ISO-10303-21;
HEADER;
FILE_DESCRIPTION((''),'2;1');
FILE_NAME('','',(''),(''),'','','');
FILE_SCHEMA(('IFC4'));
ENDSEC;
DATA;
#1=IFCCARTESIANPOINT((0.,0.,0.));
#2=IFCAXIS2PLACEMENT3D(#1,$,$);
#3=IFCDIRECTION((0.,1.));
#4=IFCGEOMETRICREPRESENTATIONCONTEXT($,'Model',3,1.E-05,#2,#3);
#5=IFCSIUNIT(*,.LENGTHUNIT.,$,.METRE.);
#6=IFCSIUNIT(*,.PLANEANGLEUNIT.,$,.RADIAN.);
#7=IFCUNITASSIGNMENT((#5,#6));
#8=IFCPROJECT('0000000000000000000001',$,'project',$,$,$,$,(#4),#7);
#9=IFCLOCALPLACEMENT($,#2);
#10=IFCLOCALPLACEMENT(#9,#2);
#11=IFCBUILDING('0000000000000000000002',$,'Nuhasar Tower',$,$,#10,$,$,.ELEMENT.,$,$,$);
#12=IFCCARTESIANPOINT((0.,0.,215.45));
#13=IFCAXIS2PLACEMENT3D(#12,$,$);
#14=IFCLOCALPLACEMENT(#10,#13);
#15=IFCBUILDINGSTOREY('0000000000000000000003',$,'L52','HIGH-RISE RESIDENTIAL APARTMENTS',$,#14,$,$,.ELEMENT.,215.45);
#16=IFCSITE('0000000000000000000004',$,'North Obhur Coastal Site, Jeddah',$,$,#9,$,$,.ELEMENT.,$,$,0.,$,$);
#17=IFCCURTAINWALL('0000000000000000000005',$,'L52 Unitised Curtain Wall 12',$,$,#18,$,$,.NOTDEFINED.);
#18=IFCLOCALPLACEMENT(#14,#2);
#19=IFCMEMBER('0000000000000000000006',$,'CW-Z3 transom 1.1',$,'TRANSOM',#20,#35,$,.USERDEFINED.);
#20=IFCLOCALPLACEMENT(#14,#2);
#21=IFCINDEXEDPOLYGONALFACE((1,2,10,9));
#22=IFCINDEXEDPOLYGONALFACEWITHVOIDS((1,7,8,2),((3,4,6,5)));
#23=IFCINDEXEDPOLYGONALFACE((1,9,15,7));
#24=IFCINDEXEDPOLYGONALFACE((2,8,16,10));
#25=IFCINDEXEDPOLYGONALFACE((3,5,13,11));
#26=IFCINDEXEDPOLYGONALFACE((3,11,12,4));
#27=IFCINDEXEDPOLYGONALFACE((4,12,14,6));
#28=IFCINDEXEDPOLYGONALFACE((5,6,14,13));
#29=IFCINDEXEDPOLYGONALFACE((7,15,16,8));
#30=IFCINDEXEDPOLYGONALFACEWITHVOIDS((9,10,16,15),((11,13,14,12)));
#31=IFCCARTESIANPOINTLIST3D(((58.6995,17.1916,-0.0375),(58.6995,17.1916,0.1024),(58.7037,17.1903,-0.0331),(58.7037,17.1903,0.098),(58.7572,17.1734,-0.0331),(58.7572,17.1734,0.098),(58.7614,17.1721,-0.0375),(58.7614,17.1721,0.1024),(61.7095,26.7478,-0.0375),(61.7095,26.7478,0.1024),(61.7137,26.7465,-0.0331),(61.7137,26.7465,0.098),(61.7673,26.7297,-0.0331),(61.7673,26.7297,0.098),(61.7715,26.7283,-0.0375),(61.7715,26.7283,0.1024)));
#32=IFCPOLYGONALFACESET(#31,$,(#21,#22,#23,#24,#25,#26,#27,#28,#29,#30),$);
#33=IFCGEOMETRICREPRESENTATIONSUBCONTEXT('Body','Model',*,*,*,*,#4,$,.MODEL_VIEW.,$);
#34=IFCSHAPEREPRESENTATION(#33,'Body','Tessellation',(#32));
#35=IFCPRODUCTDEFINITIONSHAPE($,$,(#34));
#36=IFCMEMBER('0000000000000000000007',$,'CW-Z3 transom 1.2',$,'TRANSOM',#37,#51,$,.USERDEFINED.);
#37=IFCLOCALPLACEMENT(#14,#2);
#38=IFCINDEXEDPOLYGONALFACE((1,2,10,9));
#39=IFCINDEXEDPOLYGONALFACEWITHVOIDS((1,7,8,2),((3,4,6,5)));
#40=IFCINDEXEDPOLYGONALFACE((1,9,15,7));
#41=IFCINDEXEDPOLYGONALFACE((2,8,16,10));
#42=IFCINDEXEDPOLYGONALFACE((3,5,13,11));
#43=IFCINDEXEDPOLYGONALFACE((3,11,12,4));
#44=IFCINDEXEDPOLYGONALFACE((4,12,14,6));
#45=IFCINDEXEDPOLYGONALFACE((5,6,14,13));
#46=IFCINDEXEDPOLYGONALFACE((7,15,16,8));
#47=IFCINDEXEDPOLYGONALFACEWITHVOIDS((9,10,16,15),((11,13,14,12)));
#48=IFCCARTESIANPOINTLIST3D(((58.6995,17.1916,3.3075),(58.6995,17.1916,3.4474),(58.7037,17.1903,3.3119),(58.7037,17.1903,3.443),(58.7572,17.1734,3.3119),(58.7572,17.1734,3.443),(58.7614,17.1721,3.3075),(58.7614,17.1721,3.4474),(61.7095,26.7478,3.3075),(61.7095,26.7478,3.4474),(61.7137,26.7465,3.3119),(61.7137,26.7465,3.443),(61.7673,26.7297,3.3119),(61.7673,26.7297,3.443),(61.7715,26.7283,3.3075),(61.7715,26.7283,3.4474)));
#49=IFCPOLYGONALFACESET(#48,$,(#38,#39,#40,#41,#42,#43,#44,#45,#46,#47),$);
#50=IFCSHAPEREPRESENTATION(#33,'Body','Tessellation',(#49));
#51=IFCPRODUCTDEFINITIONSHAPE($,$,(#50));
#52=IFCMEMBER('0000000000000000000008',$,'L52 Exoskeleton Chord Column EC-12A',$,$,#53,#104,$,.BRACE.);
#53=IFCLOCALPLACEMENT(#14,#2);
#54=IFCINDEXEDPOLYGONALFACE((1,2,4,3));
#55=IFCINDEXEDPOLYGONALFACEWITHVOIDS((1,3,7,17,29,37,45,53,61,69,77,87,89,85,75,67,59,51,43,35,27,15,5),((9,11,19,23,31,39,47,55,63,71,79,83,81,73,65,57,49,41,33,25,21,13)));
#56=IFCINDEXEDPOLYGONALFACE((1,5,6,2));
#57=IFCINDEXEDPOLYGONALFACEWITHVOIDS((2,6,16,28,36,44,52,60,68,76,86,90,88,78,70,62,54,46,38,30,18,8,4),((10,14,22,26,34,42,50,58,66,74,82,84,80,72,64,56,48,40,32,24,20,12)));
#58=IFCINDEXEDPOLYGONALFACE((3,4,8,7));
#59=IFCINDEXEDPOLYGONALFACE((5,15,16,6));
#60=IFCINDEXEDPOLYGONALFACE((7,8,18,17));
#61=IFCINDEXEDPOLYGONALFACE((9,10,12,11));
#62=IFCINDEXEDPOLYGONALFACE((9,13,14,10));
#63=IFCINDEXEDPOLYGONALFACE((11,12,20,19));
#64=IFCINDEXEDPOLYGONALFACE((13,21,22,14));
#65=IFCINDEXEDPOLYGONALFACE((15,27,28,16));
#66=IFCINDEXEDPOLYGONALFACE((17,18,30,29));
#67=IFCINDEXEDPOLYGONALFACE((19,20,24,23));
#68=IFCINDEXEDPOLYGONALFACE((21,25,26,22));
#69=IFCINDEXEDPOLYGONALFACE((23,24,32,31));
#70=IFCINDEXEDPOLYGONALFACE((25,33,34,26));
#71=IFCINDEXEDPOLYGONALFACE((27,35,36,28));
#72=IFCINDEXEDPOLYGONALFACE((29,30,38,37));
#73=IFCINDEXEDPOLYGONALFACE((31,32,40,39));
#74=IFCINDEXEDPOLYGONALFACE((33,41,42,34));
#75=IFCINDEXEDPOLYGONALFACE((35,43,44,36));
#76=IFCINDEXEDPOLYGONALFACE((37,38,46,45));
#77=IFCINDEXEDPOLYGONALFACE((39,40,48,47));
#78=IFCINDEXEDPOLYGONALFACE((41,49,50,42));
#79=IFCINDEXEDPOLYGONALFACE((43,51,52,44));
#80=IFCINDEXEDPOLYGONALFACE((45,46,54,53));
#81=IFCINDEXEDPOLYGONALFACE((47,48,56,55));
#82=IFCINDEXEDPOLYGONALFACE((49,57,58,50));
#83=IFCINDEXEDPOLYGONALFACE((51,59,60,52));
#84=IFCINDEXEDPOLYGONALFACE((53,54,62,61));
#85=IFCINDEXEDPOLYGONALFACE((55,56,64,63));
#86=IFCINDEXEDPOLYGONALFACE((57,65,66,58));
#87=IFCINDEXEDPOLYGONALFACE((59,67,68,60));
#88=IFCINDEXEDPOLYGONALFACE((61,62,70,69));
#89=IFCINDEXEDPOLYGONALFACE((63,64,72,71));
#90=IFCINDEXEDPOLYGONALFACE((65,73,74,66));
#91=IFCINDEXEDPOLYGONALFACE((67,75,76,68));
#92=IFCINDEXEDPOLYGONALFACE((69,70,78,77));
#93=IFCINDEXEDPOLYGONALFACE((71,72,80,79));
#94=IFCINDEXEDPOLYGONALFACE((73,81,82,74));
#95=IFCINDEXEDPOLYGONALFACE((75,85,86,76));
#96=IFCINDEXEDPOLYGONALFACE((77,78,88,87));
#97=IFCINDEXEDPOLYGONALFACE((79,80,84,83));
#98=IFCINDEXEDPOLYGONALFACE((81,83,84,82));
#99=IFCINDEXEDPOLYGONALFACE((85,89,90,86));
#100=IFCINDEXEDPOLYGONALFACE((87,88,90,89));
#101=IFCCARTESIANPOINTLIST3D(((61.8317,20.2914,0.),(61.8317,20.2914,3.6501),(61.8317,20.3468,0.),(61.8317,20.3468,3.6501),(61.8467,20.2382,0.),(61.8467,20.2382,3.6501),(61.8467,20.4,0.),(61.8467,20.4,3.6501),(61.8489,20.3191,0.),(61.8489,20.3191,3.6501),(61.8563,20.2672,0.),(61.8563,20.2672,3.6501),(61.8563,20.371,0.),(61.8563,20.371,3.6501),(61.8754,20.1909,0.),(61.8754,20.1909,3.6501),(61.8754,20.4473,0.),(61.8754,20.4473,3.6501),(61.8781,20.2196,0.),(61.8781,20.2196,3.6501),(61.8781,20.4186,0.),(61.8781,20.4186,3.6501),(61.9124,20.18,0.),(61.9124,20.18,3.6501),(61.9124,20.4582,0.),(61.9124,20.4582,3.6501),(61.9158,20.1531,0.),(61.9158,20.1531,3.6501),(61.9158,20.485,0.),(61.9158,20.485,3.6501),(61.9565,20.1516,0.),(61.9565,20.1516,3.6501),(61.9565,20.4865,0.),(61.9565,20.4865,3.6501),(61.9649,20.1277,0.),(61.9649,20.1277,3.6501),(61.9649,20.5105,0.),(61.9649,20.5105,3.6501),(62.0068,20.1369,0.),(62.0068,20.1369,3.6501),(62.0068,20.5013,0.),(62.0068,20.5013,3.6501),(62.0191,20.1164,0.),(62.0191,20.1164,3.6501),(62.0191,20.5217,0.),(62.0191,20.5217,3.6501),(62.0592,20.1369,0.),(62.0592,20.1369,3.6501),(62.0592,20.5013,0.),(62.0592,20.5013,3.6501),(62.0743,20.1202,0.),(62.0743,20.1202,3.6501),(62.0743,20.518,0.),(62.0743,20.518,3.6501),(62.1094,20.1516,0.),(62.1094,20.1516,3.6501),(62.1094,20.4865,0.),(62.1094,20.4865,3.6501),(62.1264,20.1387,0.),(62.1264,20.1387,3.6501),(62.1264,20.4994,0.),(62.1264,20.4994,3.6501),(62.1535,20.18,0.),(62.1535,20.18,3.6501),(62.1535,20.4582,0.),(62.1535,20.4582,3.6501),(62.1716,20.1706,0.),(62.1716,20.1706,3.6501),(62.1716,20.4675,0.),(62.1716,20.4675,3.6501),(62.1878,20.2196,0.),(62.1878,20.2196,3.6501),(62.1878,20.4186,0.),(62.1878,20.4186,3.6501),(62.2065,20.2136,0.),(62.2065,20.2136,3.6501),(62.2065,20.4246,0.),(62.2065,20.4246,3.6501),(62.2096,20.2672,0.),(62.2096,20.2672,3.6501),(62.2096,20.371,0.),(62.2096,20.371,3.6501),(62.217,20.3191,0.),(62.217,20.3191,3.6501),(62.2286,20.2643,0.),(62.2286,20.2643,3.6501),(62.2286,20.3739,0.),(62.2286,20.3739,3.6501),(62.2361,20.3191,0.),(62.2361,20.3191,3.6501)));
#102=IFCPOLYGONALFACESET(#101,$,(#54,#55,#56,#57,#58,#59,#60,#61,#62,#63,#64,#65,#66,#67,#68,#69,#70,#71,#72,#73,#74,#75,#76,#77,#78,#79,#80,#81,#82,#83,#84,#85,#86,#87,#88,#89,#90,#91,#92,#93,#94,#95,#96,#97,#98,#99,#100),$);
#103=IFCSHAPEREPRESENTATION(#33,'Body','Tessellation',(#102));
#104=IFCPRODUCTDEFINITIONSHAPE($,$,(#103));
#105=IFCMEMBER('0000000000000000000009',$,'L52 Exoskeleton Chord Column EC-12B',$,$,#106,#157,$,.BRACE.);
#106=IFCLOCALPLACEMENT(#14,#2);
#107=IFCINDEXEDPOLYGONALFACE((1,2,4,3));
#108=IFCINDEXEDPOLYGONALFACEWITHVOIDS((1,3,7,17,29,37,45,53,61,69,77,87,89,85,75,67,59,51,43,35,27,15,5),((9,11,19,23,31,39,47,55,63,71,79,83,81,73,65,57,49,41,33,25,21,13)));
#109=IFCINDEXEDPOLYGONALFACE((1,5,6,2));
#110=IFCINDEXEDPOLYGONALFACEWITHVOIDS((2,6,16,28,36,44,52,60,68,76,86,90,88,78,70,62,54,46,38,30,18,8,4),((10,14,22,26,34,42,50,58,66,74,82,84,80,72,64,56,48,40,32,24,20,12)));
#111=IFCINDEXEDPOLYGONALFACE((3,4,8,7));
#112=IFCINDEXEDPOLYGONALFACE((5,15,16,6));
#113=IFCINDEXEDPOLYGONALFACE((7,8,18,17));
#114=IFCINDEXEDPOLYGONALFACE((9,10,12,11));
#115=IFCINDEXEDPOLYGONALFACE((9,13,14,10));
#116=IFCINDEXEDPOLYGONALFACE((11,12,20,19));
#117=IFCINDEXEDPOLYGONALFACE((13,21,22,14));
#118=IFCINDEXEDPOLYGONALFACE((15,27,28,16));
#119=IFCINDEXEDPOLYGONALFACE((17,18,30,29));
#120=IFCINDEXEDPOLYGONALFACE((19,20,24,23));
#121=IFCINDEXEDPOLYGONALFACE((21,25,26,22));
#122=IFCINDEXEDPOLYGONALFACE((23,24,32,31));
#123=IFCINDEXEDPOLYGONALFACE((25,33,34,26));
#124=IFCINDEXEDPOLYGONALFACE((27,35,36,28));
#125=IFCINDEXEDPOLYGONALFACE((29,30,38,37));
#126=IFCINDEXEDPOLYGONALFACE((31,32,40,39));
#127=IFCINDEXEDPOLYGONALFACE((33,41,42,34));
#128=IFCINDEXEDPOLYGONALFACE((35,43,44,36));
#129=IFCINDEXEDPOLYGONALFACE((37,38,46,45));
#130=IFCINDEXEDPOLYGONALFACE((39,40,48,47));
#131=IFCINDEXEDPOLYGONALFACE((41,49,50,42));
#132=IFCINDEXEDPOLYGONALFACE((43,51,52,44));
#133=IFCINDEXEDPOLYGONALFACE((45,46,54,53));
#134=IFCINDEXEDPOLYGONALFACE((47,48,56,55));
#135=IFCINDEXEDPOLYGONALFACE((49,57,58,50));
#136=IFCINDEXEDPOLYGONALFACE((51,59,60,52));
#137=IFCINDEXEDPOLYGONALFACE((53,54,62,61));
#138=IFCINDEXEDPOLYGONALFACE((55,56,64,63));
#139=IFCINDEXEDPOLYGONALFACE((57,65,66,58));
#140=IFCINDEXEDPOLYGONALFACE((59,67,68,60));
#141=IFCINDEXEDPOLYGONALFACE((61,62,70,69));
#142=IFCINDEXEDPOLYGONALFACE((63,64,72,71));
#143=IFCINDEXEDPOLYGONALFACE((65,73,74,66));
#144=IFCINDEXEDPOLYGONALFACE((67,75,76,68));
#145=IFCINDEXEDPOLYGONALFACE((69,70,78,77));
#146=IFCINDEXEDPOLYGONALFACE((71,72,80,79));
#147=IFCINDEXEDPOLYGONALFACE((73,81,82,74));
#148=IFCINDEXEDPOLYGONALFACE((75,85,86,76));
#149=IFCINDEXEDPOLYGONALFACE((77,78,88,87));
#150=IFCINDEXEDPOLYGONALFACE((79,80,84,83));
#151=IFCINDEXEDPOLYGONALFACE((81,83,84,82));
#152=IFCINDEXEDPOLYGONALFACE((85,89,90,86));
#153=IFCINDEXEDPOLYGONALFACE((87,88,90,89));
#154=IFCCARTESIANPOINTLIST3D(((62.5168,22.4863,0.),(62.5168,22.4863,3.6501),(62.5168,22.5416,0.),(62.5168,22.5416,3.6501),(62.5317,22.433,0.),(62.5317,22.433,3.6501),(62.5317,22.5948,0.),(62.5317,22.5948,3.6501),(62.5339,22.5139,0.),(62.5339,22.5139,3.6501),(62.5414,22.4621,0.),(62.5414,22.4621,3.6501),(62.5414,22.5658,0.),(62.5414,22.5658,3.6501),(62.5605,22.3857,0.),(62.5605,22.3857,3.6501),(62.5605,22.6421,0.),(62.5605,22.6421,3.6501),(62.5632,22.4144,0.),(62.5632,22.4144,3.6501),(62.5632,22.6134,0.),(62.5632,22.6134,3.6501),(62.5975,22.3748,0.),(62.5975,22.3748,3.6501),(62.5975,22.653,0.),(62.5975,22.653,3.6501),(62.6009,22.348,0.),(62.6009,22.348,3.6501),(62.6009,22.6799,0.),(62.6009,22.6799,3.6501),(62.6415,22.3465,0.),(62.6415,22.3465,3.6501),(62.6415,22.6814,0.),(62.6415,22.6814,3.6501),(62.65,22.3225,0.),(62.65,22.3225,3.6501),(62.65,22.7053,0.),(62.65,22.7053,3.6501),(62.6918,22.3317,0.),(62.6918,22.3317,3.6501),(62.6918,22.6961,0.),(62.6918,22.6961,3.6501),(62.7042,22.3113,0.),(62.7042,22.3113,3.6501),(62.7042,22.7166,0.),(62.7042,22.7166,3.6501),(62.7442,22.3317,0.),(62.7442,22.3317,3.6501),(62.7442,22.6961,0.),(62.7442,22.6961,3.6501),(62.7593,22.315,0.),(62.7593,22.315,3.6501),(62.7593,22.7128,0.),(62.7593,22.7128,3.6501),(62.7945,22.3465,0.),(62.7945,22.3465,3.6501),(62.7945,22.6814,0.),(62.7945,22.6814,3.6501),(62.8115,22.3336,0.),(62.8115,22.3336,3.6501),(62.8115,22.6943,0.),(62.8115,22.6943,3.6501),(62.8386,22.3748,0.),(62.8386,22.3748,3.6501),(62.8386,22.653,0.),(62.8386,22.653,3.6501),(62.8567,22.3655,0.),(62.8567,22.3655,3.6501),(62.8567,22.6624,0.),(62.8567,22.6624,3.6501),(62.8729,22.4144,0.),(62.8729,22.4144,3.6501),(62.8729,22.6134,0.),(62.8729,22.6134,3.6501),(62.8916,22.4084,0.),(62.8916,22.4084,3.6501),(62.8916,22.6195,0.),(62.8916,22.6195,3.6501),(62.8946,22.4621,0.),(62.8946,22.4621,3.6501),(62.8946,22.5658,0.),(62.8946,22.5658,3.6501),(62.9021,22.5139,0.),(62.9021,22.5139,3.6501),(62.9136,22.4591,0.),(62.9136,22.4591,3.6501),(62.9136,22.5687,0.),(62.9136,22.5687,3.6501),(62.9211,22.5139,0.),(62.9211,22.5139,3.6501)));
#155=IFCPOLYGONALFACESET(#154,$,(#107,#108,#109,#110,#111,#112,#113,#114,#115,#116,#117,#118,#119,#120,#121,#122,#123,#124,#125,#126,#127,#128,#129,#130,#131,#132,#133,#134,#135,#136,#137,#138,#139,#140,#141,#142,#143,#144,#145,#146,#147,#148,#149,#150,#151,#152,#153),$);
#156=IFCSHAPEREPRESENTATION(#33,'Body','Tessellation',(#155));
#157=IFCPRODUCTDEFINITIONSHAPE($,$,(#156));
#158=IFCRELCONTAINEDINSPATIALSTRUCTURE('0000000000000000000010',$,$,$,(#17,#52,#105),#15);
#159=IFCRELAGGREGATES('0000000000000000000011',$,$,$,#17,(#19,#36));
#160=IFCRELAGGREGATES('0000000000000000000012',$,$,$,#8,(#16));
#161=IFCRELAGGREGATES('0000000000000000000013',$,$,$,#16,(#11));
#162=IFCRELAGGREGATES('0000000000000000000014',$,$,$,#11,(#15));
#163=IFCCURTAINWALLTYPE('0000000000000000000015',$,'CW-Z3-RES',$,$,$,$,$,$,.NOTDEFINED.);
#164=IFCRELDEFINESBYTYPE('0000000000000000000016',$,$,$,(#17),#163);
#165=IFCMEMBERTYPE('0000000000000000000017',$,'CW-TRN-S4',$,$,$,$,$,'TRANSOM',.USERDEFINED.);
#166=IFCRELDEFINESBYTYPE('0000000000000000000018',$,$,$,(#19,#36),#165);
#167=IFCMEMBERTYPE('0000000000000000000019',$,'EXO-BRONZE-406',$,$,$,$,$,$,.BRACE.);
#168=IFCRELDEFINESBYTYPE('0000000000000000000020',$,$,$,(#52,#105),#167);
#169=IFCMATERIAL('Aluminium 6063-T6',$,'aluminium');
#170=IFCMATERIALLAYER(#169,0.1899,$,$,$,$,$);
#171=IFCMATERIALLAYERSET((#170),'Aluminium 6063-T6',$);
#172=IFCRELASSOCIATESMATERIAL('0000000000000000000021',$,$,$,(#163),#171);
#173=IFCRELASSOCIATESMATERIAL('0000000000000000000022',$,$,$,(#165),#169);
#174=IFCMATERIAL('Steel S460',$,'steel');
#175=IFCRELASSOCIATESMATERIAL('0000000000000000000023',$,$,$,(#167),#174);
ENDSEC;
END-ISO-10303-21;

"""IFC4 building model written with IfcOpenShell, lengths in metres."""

from ifc_helpers import new_model, si_unit, direction, frame, origin, origin_2d, place, context, subcontext, project, spatial, hollow_rectangle, hollow_circle, extrude, material, layer, layer_set, material_profile, profile_set, type_object, element, aggregate, save


model = new_model("IFC4")

# Units and contexts
model_context = context("Model", 3, precision=1e-05, world=origin(), true_north=direction((0.0, 1.0)))
body_context = subcontext(model_context, "Body", "Model", "MODEL_VIEW")
ifc_project = project(units=[si_unit("LENGTHUNIT", "METRE"), si_unit("PLANEANGLEUNIT", "RADIAN")], contexts=[model_context])

# Site, building, storey
site_placement = place(None, origin())
site = spatial("IfcSite", under=ifc_project, at=site_placement, Name="North Obhur Coastal Site, Jeddah", CompositionType="ELEMENT", RefElevation=0.0)
building_placement = place(site_placement, origin())
building = spatial("IfcBuilding", under=site, at=building_placement, Name="Nuhasar Tower", CompositionType="ELEMENT")
storey_placement = place(building_placement, frame((0.0, 0.0, 215.45)))
storey = spatial("IfcBuildingStorey", under=building, at=storey_placement, Name="L52", Description="HIGH-RISE RESIDENTIAL APARTMENTS", CompositionType="ELEMENT", Elevation=215.45)

# Curtain wall, members
ifc_material_1 = material(Name="Aluminium 6063-T6", Category="aluminium")
ifc_layer_1 = layer(ifc_material_1, 0.1899)
ifc_layer_set_1 = layer_set([ifc_layer_1], Name="Aluminium 6063-T6")
curtain_wall_type = type_object("IfcCurtainWallType", Name="CW-Z3-RES", PredefinedType="NOTDEFINED", material=ifc_layer_set_1)
curtain_wall_placement = place(storey_placement, origin())
curtain_wall = element("IfcCurtainWall", 1, at=curtain_wall_placement, inside=storey, type_object=curtain_wall_type, Name="L52 Unitised Curtain Wall 12", PredefinedType="NOTDEFINED")
ifc_material_profile_1 = material_profile(ifc_material_1, hollow_rectangle(XDim=0.0649, YDim=0.1399, WallThickness=0.0044, at=origin_2d()), Name="CWT-4")
ifc_profile_set_1 = profile_set([ifc_material_profile_1], Name="Aluminium 6063-T6")
member_type_1 = type_object("IfcMemberType", Name="CW-TRN-S4", ElementType="TRANSOM", PredefinedType="USERDEFINED", material=ifc_profile_set_1)
member_1_placement = place(storey_placement, frame((58.7305, 17.1819, 0.0325), z_axis=(0.30043, 0.953804, 0.0), x_axis=(-0.953804, 0.30043, 0.0)))
member_1 = element("IfcMember", 2, at=member_1_placement, type_object=member_type_1, Name="CW-Z3 transom 1.1", ObjectType="TRANSOM", PredefinedType="USERDEFINED", context=body_context, shape_type="SweptSolid", body=[
    extrude(hollow_rectangle(XDim=0.0649, YDim=0.1399, WallThickness=0.0044, at=origin_2d()), origin(), (0.0, 0.0, 1.0), 10.019),
])
member_2_placement = place(storey_placement, frame((58.7305, 17.1819, 3.3774), z_axis=(0.30043, 0.953804, 0.0), x_axis=(-0.953804, 0.30043, 0.0)))
member_2 = element("IfcMember", 3, at=member_2_placement, type_object=member_type_1, Name="CW-Z3 transom 1.2", ObjectType="TRANSOM", PredefinedType="USERDEFINED", context=body_context, shape_type="SweptSolid", body=[
    extrude(hollow_rectangle(XDim=0.0649, YDim=0.1399, WallThickness=0.0044, at=origin_2d()), origin(), (0.0, 0.0, 1.0), 10.019),
])

# Members
ifc_material_2 = material(Name="Steel S460", Category="steel")
ifc_material_profile_2 = material_profile(ifc_material_2, hollow_circle(Radius=0.2031, WallThickness=0.019, at=origin_2d()), Name="HSS406.4X19.1")
ifc_profile_set_2 = profile_set([ifc_material_profile_2], Name="Steel S460")
member_type_2 = type_object("IfcMemberType", Name="EXO-BRONZE-406", PredefinedType="BRACE", material=ifc_profile_set_2)
for number, where, z_axis, x_axis, name in (
    (4, (62.033, 20.3191, 0.0), (0.0, 0.0, 1.0), (1.0, 0.0, 0.0), "L52 Exoskeleton Chord Column EC-12A"),
    (5, (62.718, 22.5139, 0.0), (0.0, 0.0, 1.0), (1.0, 0.0, 0.0), "L52 Exoskeleton Chord Column EC-12B"),
):
    element("IfcMember", number, at=place(storey_placement, frame(where, z_axis=z_axis, x_axis=x_axis)), inside=storey, type_object=member_type_2, Name=name, PredefinedType="BRACE", context=body_context, shape_type="SweptSolid", body=[
        extrude(hollow_circle(Radius=0.2031, WallThickness=0.019, at=origin_2d()), origin(), (0.0, 0.0, 1.0), 3.6501),
    ])

aggregate(curtain_wall, [member_1, member_2])

save(model, "model.ifc")
